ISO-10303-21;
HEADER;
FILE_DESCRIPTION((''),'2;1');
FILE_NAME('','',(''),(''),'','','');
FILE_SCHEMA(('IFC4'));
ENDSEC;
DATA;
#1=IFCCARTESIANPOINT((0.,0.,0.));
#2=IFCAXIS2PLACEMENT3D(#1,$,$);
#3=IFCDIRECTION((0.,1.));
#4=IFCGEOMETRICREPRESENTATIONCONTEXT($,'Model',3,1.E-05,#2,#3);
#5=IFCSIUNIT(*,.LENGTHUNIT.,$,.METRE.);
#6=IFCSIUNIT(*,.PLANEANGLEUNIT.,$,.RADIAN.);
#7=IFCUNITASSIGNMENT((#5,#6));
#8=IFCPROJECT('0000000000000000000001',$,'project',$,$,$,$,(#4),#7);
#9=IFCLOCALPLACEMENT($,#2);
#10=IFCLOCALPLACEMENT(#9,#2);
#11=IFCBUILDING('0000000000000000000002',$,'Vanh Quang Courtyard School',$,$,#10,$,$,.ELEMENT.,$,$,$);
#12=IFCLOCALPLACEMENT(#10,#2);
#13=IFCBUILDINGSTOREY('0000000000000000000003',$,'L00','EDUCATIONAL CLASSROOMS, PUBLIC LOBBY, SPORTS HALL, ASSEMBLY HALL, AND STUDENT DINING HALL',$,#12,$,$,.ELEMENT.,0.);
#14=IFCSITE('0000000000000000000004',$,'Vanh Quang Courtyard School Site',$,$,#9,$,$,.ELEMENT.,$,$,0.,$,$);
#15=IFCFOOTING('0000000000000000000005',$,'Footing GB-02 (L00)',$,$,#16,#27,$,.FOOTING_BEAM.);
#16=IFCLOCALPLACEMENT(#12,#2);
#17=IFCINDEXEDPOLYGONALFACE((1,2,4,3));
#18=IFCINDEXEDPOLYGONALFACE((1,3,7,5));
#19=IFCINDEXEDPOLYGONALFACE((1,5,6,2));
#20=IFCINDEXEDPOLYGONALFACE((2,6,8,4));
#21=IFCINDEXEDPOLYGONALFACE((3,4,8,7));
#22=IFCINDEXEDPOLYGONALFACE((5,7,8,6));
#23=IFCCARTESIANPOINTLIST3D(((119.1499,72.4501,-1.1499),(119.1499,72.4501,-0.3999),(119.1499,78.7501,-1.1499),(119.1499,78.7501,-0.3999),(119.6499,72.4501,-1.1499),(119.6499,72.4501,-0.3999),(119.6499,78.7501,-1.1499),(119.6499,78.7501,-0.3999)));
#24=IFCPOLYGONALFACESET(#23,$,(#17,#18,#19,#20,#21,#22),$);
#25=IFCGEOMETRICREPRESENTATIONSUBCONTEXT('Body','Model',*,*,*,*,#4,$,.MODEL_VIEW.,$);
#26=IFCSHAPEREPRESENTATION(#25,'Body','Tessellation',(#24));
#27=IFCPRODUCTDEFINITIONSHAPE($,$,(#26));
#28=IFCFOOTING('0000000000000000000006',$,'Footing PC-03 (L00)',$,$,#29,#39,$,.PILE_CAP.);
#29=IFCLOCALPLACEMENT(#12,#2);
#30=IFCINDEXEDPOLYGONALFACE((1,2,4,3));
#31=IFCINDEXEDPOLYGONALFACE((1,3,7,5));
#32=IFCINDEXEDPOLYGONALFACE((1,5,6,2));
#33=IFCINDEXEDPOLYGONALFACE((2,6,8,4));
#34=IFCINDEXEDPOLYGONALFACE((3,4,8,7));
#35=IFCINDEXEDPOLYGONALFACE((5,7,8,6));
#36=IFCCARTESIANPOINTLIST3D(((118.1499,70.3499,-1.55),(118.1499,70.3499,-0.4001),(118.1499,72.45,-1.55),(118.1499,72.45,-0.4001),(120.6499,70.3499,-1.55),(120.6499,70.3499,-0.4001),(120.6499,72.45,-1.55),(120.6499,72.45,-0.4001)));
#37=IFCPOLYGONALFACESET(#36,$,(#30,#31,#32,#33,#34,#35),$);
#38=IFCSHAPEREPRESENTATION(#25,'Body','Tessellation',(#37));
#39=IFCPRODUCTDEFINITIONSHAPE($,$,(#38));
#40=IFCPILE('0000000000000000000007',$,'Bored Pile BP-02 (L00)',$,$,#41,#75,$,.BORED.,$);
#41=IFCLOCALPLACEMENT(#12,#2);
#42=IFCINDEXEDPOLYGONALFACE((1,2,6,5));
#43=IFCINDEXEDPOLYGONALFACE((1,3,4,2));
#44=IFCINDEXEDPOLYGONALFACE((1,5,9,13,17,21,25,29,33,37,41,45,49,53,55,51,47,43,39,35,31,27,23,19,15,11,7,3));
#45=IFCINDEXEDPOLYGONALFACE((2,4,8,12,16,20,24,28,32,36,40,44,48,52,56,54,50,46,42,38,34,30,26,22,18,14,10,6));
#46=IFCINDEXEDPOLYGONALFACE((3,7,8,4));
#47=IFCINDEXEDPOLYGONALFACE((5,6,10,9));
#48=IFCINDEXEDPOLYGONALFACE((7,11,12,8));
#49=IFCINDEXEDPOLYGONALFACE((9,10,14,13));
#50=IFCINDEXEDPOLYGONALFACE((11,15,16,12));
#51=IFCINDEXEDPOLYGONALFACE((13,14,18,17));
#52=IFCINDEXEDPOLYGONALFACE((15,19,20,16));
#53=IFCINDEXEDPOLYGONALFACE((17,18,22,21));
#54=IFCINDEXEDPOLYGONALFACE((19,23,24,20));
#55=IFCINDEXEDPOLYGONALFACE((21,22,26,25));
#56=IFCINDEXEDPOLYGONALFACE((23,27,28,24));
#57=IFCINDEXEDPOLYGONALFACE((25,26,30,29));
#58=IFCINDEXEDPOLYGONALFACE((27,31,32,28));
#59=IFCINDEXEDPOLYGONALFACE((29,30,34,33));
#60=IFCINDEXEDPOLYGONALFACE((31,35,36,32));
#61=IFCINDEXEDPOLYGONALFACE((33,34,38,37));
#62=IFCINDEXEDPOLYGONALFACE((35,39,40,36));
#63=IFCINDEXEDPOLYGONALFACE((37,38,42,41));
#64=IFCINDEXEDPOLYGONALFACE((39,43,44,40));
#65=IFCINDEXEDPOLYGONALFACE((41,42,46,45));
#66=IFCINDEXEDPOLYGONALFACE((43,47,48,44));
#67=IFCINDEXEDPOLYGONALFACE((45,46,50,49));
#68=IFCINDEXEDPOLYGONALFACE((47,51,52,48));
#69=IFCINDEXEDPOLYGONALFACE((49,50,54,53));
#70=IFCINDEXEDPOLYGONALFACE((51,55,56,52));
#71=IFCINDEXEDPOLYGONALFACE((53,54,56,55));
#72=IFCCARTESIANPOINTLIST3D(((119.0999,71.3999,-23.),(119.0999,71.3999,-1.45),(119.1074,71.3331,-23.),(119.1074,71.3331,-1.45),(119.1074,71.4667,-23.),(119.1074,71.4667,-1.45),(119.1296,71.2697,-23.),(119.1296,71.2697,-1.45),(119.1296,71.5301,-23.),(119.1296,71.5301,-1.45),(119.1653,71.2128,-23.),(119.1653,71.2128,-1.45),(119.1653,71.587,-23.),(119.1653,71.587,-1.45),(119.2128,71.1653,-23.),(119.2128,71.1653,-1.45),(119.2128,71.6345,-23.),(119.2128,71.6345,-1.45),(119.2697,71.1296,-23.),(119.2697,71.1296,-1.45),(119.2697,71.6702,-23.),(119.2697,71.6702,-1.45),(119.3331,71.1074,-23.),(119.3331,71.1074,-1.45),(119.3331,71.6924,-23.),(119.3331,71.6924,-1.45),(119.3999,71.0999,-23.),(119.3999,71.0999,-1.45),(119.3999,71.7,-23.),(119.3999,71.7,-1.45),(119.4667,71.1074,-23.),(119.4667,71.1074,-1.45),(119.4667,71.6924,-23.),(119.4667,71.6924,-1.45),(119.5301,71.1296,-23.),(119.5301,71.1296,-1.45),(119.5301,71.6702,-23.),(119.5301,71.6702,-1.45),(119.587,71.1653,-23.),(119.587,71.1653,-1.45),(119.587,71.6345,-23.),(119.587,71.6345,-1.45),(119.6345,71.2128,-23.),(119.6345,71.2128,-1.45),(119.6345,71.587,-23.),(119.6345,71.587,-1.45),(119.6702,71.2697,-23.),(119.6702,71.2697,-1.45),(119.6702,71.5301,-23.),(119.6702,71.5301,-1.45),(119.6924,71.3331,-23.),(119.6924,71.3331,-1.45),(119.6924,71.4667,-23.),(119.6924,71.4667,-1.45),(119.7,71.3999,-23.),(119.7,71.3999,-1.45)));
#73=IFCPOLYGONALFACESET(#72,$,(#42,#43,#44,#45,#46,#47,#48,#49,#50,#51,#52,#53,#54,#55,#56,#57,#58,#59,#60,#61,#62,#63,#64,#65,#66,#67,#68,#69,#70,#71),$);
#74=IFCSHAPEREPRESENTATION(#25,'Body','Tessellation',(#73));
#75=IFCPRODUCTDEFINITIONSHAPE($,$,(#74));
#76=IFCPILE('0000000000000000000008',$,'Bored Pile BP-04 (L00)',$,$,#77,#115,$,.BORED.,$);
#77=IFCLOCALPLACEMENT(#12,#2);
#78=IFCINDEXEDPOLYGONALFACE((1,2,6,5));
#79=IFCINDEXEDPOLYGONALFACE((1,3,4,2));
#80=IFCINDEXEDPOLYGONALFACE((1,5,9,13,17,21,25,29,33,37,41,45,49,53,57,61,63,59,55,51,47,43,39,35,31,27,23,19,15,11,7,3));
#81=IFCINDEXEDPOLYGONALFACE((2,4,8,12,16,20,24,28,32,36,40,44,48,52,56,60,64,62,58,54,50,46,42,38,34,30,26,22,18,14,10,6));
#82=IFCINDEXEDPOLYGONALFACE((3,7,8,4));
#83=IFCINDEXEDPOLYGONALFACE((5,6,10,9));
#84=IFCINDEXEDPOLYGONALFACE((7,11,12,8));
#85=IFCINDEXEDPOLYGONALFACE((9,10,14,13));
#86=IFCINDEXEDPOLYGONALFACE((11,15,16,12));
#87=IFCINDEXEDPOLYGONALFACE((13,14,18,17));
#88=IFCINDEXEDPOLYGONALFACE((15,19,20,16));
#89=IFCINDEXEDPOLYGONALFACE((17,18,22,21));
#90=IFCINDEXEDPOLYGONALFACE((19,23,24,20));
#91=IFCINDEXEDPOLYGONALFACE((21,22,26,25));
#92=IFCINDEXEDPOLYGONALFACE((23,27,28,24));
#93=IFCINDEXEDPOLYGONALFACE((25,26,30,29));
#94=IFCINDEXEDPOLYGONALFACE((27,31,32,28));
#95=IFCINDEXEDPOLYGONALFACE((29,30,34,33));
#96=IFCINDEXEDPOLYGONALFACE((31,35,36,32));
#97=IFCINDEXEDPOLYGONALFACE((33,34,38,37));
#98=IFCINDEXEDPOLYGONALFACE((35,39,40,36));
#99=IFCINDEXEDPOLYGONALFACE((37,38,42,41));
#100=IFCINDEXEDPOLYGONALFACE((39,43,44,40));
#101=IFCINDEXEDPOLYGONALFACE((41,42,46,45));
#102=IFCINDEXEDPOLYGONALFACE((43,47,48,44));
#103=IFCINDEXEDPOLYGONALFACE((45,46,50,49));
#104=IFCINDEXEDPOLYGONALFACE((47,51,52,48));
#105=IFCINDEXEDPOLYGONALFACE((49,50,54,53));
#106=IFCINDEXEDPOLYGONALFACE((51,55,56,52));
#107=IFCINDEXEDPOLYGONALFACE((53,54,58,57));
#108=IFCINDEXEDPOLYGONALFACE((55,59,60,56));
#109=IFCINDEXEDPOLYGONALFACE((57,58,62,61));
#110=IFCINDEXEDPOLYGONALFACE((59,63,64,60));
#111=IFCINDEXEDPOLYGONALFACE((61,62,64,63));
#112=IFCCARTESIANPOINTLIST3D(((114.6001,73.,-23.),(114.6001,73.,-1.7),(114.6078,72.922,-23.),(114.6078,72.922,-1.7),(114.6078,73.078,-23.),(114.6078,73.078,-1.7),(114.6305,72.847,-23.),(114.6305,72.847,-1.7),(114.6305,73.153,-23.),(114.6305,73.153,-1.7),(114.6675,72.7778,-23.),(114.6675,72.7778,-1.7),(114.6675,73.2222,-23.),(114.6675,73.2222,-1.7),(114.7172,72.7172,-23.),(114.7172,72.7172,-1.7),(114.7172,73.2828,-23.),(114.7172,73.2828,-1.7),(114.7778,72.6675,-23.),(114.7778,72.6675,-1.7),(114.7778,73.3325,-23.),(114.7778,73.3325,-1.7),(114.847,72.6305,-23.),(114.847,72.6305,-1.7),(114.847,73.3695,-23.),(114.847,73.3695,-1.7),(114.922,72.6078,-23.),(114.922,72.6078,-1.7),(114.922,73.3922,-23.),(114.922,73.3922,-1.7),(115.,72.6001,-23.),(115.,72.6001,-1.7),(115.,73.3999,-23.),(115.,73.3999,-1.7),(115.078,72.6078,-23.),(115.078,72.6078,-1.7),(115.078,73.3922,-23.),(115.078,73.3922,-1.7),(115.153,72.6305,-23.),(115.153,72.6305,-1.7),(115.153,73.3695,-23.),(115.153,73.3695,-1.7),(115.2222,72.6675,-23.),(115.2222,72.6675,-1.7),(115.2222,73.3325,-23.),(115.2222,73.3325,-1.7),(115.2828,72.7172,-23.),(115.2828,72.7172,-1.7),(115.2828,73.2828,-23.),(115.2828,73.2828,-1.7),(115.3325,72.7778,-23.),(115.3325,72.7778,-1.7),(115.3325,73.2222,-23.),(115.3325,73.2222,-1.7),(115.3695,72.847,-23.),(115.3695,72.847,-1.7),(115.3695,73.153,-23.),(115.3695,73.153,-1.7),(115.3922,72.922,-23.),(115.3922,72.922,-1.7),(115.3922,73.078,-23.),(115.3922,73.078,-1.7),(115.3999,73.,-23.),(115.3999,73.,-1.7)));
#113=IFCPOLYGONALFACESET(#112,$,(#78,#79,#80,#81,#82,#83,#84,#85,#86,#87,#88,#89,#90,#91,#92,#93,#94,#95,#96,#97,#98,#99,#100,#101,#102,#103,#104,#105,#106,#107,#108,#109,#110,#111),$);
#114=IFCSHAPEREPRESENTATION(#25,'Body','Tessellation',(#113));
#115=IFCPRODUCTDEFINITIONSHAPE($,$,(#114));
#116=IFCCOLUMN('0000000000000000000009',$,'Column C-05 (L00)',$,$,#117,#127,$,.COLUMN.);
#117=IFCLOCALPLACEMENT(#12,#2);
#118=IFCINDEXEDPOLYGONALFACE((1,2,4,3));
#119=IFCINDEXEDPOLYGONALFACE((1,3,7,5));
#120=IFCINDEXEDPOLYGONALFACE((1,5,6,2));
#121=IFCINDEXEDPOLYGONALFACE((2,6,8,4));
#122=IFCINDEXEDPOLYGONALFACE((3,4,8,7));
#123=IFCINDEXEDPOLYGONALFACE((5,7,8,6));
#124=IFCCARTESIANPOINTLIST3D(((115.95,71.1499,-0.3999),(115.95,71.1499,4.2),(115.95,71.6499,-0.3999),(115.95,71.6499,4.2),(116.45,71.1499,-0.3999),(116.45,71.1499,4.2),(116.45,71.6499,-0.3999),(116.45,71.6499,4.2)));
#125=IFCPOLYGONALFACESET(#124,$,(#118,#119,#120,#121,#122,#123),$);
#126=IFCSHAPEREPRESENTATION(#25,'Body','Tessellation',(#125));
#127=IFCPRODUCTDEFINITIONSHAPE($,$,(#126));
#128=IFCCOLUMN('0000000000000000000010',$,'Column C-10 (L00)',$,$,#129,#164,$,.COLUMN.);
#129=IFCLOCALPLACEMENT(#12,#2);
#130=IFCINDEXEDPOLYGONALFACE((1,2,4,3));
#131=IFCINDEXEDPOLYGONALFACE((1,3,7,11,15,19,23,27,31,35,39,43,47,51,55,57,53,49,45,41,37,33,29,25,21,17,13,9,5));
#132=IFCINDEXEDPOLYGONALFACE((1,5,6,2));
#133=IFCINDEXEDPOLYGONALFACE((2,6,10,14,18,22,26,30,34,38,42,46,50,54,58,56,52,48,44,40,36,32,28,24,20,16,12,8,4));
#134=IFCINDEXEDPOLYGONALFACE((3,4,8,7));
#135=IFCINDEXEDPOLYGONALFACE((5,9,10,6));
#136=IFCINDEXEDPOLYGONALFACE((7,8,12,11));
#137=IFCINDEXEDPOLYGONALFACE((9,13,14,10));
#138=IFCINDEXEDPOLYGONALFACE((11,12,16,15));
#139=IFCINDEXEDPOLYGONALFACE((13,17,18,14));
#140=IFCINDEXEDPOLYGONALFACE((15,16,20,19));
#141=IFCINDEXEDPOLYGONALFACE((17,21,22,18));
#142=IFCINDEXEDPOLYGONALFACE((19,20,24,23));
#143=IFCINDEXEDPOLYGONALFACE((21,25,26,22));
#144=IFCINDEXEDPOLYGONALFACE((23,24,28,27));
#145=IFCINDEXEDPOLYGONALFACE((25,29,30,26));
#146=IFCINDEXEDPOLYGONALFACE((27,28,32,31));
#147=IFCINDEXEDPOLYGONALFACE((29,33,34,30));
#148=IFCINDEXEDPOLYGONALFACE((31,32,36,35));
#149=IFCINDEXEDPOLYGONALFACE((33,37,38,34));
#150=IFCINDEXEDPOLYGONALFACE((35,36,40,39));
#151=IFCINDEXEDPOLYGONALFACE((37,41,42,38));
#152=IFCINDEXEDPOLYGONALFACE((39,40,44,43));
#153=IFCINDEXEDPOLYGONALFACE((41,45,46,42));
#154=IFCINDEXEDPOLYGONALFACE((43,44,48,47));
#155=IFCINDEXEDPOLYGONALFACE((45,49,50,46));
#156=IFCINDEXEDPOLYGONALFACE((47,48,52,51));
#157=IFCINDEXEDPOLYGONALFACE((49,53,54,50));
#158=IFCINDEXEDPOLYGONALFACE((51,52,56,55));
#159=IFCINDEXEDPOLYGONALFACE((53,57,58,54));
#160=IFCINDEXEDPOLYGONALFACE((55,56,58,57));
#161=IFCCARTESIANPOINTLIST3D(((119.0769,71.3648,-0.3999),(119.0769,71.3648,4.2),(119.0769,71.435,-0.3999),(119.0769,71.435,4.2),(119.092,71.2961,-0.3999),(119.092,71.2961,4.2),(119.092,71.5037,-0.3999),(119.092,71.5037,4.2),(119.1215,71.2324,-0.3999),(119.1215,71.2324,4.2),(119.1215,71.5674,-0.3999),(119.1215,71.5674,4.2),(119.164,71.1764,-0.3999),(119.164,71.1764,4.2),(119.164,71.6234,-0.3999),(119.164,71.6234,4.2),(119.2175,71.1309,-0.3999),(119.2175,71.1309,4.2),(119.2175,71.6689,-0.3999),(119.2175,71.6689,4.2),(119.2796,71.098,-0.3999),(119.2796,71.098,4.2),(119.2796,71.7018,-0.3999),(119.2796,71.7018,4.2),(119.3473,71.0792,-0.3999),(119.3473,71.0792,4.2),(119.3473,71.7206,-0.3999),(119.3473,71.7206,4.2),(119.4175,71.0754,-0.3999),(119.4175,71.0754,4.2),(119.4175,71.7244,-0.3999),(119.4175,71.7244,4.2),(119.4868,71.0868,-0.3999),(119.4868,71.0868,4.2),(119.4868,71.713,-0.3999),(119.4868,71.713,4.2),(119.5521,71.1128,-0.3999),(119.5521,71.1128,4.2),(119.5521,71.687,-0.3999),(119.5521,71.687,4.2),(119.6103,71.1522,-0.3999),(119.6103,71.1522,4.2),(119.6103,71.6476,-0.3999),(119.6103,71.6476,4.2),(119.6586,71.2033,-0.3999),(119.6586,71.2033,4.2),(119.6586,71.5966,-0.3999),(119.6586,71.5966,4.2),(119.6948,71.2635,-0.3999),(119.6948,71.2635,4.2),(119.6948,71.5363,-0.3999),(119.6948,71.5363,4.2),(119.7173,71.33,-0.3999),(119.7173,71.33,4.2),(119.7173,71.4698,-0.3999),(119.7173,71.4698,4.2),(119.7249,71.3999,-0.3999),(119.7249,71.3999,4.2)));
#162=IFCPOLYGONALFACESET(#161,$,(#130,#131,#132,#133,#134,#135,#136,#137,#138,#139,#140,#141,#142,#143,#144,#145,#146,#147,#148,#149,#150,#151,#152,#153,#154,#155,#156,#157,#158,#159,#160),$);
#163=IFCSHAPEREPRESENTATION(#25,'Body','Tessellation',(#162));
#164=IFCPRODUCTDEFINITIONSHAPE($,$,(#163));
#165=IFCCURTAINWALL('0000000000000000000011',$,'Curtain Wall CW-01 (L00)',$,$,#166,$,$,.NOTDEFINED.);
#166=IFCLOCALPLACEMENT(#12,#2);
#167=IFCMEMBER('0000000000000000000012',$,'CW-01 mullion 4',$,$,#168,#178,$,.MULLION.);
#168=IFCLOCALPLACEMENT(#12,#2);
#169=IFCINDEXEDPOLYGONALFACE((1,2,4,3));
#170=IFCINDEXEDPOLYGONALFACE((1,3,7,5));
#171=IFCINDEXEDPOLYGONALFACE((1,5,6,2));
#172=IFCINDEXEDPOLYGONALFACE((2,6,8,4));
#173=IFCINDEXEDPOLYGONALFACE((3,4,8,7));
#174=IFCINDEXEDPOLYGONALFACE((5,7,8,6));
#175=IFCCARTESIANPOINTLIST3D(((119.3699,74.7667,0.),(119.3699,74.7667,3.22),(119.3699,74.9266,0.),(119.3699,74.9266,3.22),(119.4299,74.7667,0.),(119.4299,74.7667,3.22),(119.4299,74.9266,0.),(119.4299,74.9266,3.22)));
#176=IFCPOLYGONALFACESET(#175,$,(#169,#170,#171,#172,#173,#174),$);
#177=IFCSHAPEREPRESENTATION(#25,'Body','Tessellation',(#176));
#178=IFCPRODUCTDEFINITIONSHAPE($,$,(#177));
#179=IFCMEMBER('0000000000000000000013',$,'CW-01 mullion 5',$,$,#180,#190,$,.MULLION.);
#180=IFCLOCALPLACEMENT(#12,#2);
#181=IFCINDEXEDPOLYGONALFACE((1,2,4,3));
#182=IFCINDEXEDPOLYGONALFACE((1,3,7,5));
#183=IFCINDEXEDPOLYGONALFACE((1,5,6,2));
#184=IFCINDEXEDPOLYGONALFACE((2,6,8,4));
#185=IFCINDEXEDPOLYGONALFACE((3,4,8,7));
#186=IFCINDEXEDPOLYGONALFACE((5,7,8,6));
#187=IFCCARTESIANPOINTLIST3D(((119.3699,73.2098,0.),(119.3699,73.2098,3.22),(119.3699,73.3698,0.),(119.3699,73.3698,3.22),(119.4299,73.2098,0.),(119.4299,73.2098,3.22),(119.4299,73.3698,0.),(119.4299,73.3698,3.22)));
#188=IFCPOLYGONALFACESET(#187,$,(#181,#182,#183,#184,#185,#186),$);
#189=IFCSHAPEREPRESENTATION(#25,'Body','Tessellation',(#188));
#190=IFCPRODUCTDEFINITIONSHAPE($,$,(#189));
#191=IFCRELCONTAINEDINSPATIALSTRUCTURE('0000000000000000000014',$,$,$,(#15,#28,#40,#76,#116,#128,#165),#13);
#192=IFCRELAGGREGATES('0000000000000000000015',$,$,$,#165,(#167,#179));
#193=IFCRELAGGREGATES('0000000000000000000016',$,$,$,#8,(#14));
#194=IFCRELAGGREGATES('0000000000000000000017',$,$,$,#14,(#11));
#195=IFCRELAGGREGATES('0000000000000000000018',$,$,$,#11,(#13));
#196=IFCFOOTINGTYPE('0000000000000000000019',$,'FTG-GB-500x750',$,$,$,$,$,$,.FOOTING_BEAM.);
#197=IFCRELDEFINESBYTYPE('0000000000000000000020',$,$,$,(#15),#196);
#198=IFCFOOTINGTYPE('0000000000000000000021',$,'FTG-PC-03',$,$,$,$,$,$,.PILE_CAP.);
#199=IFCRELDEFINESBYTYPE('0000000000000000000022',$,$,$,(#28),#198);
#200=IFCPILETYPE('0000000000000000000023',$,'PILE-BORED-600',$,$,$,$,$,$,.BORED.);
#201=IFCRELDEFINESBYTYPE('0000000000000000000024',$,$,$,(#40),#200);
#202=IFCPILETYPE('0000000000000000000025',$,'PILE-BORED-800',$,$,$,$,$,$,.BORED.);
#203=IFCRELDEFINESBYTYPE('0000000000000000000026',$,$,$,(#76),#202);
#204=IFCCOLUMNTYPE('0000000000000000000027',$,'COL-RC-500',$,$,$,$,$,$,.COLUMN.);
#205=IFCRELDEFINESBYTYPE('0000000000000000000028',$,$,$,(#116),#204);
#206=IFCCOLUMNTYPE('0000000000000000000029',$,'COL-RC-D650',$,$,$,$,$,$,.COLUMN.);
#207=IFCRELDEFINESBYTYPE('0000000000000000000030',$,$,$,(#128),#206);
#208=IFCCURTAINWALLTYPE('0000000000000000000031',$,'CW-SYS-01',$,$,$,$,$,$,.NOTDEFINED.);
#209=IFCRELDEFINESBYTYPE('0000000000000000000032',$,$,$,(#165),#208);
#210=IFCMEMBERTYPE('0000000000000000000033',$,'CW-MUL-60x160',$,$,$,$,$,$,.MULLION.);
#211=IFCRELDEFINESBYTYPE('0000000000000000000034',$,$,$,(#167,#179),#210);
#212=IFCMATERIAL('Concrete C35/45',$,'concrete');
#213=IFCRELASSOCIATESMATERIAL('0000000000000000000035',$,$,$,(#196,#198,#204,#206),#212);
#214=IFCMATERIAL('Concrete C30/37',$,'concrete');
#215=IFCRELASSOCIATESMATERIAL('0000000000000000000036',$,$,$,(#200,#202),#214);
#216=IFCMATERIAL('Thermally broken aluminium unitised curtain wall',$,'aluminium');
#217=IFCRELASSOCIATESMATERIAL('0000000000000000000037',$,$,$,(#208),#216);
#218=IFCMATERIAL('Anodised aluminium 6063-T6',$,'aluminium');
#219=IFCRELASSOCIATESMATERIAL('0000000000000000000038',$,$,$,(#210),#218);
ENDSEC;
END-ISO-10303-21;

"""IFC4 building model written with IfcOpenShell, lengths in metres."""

from ifc_helpers import new_model, si_unit, direction, frame, origin, origin_2d, place, context, subcontext, project, spatial, rectangle, circle, extrude, material, material_profile, profile_set, type_object, element, aggregate, save


model = new_model("IFC4")

# Units and contexts
model_context = context("Model", 3, precision=1e-05, world=origin(), true_north=direction((0.0, 1.0)))
body_context = subcontext(model_context, "Body", "Model", "MODEL_VIEW")
ifc_project = project(units=[si_unit("LENGTHUNIT", "METRE"), si_unit("PLANEANGLEUNIT", "RADIAN")], contexts=[model_context])

# Site, building, storey
site_placement = place(None, origin())
site = spatial("IfcSite", under=ifc_project, at=site_placement, Name="Vanh Quang Courtyard School Site", CompositionType="ELEMENT", RefElevation=0.0)
building_placement = place(site_placement, origin())
building = spatial("IfcBuilding", under=site, at=building_placement, Name="Vanh Quang Courtyard School", CompositionType="ELEMENT")
storey_placement = place(building_placement, origin())
storey = spatial("IfcBuildingStorey", under=building, at=storey_placement, Name="L00", Description="EDUCATIONAL CLASSROOMS, PUBLIC LOBBY, SPORTS HALL, ASSEMBLY HALL, AND STUDENT DINING HALL", CompositionType="ELEMENT", Elevation=0.0)

# Footings
ifc_material_1 = material(Name="Concrete C35/45", Category="concrete")
footing_type_1 = type_object("IfcFootingType", Name="FTG-GB-500x750", PredefinedType="FOOTING_BEAM", material=ifc_material_1)
footing_1_placement = place(storey_placement, frame((119.3999, 75.6001, -1.1499), z_axis=(0.0, 0.0, 1.0), x_axis=(0.0, 1.0, 0.0)))
element("IfcFooting", 1, at=footing_1_placement, inside=storey, type_object=footing_type_1, Name="Footing GB-02 (L00)", PredefinedType="FOOTING_BEAM", context=body_context, shape_type="SweptSolid", body=[
    extrude(rectangle(XDim=6.3, YDim=0.5, at=origin_2d()), origin(), (0.0, 0.0, 1.0), 0.75),
])
footing_type_2 = type_object("IfcFootingType", Name="FTG-PC-03", PredefinedType="PILE_CAP", material=ifc_material_1)
footing_2_placement = place(storey_placement, frame((119.3999, 71.3999, -1.55), z_axis=(0.0, 0.0, 1.0), x_axis=(1.0, 0.0, 0.0)))
element("IfcFooting", 2, at=footing_2_placement, inside=storey, type_object=footing_type_2, Name="Footing PC-03 (L00)", PredefinedType="PILE_CAP", context=body_context, shape_type="SweptSolid", body=[
    extrude(rectangle(XDim=2.5, YDim=2.1001, at=origin_2d()), origin(), (0.0, 0.0, 1.0), 1.1499),
])

# Piles
ifc_material_2 = material(Name="Concrete C30/37", Category="concrete")
ifc_material_profile_1 = material_profile(ifc_material_2, circle(Radius=0.3, at=origin_2d()), Name="PILE D600")
ifc_profile_set_1 = profile_set([ifc_material_profile_1], Name="Concrete C30/37")
pile_type_1 = type_object("IfcPileType", Name="PILE-BORED-600", PredefinedType="BORED", material=ifc_profile_set_1)
pile_1_placement = place(storey_placement, frame((119.3999, 71.3999, -1.45), z_axis=(0.0, 0.0, -1.0), x_axis=(1.0, 0.0, 0.0)))
element("IfcPile", 3, at=pile_1_placement, inside=storey, type_object=pile_type_1, Name="Bored Pile BP-02 (L00)", PredefinedType="BORED", context=body_context, shape_type="SweptSolid", body=[
    extrude(circle(Radius=0.3, at=origin_2d()), origin(), (0.0, 0.0, 1.0), 21.55),
])
ifc_material_profile_2 = material_profile(ifc_material_2, circle(Radius=0.3999, at=origin_2d()), Name="PILE D800")
ifc_profile_set_2 = profile_set([ifc_material_profile_2], Name="Concrete C30/37")
pile_type_2 = type_object("IfcPileType", Name="PILE-BORED-800", PredefinedType="BORED", material=ifc_profile_set_2)
pile_2_placement = place(storey_placement, frame((115.0, 73.0, -1.7), z_axis=(0.0, 0.0, -1.0), x_axis=(1.0, 0.0, 0.0)))
element("IfcPile", 4, at=pile_2_placement, inside=storey, type_object=pile_type_2, Name="Bored Pile BP-04 (L00)", PredefinedType="BORED", context=body_context, shape_type="SweptSolid", body=[
    extrude(circle(Radius=0.3999, at=origin_2d()), origin(), (0.0, 0.0, 1.0), 21.3),
])

# Columns
ifc_material_profile_3 = material_profile(ifc_material_1, rectangle(XDim=0.5, YDim=0.5, at=origin_2d()), Name="RC-COL 500x500")
ifc_profile_set_3 = profile_set([ifc_material_profile_3], Name="Concrete C35/45")
column_type_1 = type_object("IfcColumnType", Name="COL-RC-500", PredefinedType="COLUMN", material=ifc_profile_set_3)
column_1_placement = place(storey_placement, frame((116.2, 71.3999, -0.3999), z_axis=(0.0, 0.0, 1.0), x_axis=(1.0, 0.0, 0.0)))
element("IfcColumn", 5, at=column_1_placement, inside=storey, type_object=column_type_1, Name="Column C-05 (L00)", PredefinedType="COLUMN", context=body_context, shape_type="SweptSolid", body=[
    extrude(rectangle(XDim=0.5, YDim=0.5, at=origin_2d()), origin(), (0.0, 0.0, 1.0), 4.5999),
])
ifc_material_profile_4 = material_profile(ifc_material_1, circle(Radius=0.325, at=origin_2d()), Name="RC-COL D650")
ifc_profile_set_4 = profile_set([ifc_material_profile_4], Name="Concrete C35/45")
column_type_2 = type_object("IfcColumnType", Name="COL-RC-D650", PredefinedType="COLUMN", material=ifc_profile_set_4)
column_2_placement = place(storey_placement, frame((119.3999, 71.3999, -0.3999), z_axis=(0.0, 0.0, 1.0), x_axis=(1.0, 0.0, 0.0)))
element("IfcColumn", 6, at=column_2_placement, inside=storey, type_object=column_type_2, Name="Column C-10 (L00)", PredefinedType="COLUMN", context=body_context, shape_type="SweptSolid", body=[
    extrude(circle(Radius=0.325, at=origin_2d()), origin(), (0.0, 0.0, 1.0), 4.5999),
])

# Curtain wall, members
ifc_material_3 = material(Name="Thermally broken aluminium unitised curtain wall", Category="aluminium")
curtain_wall_type = type_object("IfcCurtainWallType", Name="CW-SYS-01", PredefinedType="NOTDEFINED", material=ifc_material_3)
curtain_wall_placement = place(storey_placement, origin())
curtain_wall = element("IfcCurtainWall", 7, at=curtain_wall_placement, inside=storey, type_object=curtain_wall_type, Name="Curtain Wall CW-01 (L00)", PredefinedType="NOTDEFINED")
ifc_material_4 = material(Name="Anodised aluminium 6063-T6", Category="aluminium")
ifc_material_profile_5 = material_profile(ifc_material_4, rectangle(XDim=0.0601, YDim=0.1599, at=origin_2d()), Name="ALU-MUL 60x160")
ifc_profile_set_5 = profile_set([ifc_material_profile_5], Name="Anodised aluminium 6063-T6")
member_type_1 = type_object("IfcMemberType", Name="CW-MUL-60x160", PredefinedType="MULLION", material=ifc_profile_set_5)
member_1_placement = place(storey_placement, frame((119.3999, 74.8467, 0.0), z_axis=(0.0, 0.0, 1.0), x_axis=(1.0, 0.0, 0.0)))
member_1 = element("IfcMember", 8, at=member_1_placement, type_object=member_type_1, Name="CW-01 mullion 4", PredefinedType="MULLION", context=body_context, shape_type="SweptSolid", body=[
    extrude(rectangle(XDim=0.0601, YDim=0.1599, at=origin_2d()), origin(), (0.0, 0.0, 1.0), 3.22),
])
member_2_placement = place(storey_placement, frame((119.3999, 73.2898, 0.0), z_axis=(0.0, 0.0, 1.0), x_axis=(1.0, 0.0, 0.0)))
member_2 = element("IfcMember", 9, at=member_2_placement, type_object=member_type_1, Name="CW-01 mullion 5", PredefinedType="MULLION", context=body_context, shape_type="SweptSolid", body=[
    extrude(rectangle(XDim=0.0601, YDim=0.1599, at=origin_2d()), origin(), (0.0, 0.0, 1.0), 3.22),
])
aggregate(curtain_wall, [member_1, member_2])

save(model, "model.ifc")
